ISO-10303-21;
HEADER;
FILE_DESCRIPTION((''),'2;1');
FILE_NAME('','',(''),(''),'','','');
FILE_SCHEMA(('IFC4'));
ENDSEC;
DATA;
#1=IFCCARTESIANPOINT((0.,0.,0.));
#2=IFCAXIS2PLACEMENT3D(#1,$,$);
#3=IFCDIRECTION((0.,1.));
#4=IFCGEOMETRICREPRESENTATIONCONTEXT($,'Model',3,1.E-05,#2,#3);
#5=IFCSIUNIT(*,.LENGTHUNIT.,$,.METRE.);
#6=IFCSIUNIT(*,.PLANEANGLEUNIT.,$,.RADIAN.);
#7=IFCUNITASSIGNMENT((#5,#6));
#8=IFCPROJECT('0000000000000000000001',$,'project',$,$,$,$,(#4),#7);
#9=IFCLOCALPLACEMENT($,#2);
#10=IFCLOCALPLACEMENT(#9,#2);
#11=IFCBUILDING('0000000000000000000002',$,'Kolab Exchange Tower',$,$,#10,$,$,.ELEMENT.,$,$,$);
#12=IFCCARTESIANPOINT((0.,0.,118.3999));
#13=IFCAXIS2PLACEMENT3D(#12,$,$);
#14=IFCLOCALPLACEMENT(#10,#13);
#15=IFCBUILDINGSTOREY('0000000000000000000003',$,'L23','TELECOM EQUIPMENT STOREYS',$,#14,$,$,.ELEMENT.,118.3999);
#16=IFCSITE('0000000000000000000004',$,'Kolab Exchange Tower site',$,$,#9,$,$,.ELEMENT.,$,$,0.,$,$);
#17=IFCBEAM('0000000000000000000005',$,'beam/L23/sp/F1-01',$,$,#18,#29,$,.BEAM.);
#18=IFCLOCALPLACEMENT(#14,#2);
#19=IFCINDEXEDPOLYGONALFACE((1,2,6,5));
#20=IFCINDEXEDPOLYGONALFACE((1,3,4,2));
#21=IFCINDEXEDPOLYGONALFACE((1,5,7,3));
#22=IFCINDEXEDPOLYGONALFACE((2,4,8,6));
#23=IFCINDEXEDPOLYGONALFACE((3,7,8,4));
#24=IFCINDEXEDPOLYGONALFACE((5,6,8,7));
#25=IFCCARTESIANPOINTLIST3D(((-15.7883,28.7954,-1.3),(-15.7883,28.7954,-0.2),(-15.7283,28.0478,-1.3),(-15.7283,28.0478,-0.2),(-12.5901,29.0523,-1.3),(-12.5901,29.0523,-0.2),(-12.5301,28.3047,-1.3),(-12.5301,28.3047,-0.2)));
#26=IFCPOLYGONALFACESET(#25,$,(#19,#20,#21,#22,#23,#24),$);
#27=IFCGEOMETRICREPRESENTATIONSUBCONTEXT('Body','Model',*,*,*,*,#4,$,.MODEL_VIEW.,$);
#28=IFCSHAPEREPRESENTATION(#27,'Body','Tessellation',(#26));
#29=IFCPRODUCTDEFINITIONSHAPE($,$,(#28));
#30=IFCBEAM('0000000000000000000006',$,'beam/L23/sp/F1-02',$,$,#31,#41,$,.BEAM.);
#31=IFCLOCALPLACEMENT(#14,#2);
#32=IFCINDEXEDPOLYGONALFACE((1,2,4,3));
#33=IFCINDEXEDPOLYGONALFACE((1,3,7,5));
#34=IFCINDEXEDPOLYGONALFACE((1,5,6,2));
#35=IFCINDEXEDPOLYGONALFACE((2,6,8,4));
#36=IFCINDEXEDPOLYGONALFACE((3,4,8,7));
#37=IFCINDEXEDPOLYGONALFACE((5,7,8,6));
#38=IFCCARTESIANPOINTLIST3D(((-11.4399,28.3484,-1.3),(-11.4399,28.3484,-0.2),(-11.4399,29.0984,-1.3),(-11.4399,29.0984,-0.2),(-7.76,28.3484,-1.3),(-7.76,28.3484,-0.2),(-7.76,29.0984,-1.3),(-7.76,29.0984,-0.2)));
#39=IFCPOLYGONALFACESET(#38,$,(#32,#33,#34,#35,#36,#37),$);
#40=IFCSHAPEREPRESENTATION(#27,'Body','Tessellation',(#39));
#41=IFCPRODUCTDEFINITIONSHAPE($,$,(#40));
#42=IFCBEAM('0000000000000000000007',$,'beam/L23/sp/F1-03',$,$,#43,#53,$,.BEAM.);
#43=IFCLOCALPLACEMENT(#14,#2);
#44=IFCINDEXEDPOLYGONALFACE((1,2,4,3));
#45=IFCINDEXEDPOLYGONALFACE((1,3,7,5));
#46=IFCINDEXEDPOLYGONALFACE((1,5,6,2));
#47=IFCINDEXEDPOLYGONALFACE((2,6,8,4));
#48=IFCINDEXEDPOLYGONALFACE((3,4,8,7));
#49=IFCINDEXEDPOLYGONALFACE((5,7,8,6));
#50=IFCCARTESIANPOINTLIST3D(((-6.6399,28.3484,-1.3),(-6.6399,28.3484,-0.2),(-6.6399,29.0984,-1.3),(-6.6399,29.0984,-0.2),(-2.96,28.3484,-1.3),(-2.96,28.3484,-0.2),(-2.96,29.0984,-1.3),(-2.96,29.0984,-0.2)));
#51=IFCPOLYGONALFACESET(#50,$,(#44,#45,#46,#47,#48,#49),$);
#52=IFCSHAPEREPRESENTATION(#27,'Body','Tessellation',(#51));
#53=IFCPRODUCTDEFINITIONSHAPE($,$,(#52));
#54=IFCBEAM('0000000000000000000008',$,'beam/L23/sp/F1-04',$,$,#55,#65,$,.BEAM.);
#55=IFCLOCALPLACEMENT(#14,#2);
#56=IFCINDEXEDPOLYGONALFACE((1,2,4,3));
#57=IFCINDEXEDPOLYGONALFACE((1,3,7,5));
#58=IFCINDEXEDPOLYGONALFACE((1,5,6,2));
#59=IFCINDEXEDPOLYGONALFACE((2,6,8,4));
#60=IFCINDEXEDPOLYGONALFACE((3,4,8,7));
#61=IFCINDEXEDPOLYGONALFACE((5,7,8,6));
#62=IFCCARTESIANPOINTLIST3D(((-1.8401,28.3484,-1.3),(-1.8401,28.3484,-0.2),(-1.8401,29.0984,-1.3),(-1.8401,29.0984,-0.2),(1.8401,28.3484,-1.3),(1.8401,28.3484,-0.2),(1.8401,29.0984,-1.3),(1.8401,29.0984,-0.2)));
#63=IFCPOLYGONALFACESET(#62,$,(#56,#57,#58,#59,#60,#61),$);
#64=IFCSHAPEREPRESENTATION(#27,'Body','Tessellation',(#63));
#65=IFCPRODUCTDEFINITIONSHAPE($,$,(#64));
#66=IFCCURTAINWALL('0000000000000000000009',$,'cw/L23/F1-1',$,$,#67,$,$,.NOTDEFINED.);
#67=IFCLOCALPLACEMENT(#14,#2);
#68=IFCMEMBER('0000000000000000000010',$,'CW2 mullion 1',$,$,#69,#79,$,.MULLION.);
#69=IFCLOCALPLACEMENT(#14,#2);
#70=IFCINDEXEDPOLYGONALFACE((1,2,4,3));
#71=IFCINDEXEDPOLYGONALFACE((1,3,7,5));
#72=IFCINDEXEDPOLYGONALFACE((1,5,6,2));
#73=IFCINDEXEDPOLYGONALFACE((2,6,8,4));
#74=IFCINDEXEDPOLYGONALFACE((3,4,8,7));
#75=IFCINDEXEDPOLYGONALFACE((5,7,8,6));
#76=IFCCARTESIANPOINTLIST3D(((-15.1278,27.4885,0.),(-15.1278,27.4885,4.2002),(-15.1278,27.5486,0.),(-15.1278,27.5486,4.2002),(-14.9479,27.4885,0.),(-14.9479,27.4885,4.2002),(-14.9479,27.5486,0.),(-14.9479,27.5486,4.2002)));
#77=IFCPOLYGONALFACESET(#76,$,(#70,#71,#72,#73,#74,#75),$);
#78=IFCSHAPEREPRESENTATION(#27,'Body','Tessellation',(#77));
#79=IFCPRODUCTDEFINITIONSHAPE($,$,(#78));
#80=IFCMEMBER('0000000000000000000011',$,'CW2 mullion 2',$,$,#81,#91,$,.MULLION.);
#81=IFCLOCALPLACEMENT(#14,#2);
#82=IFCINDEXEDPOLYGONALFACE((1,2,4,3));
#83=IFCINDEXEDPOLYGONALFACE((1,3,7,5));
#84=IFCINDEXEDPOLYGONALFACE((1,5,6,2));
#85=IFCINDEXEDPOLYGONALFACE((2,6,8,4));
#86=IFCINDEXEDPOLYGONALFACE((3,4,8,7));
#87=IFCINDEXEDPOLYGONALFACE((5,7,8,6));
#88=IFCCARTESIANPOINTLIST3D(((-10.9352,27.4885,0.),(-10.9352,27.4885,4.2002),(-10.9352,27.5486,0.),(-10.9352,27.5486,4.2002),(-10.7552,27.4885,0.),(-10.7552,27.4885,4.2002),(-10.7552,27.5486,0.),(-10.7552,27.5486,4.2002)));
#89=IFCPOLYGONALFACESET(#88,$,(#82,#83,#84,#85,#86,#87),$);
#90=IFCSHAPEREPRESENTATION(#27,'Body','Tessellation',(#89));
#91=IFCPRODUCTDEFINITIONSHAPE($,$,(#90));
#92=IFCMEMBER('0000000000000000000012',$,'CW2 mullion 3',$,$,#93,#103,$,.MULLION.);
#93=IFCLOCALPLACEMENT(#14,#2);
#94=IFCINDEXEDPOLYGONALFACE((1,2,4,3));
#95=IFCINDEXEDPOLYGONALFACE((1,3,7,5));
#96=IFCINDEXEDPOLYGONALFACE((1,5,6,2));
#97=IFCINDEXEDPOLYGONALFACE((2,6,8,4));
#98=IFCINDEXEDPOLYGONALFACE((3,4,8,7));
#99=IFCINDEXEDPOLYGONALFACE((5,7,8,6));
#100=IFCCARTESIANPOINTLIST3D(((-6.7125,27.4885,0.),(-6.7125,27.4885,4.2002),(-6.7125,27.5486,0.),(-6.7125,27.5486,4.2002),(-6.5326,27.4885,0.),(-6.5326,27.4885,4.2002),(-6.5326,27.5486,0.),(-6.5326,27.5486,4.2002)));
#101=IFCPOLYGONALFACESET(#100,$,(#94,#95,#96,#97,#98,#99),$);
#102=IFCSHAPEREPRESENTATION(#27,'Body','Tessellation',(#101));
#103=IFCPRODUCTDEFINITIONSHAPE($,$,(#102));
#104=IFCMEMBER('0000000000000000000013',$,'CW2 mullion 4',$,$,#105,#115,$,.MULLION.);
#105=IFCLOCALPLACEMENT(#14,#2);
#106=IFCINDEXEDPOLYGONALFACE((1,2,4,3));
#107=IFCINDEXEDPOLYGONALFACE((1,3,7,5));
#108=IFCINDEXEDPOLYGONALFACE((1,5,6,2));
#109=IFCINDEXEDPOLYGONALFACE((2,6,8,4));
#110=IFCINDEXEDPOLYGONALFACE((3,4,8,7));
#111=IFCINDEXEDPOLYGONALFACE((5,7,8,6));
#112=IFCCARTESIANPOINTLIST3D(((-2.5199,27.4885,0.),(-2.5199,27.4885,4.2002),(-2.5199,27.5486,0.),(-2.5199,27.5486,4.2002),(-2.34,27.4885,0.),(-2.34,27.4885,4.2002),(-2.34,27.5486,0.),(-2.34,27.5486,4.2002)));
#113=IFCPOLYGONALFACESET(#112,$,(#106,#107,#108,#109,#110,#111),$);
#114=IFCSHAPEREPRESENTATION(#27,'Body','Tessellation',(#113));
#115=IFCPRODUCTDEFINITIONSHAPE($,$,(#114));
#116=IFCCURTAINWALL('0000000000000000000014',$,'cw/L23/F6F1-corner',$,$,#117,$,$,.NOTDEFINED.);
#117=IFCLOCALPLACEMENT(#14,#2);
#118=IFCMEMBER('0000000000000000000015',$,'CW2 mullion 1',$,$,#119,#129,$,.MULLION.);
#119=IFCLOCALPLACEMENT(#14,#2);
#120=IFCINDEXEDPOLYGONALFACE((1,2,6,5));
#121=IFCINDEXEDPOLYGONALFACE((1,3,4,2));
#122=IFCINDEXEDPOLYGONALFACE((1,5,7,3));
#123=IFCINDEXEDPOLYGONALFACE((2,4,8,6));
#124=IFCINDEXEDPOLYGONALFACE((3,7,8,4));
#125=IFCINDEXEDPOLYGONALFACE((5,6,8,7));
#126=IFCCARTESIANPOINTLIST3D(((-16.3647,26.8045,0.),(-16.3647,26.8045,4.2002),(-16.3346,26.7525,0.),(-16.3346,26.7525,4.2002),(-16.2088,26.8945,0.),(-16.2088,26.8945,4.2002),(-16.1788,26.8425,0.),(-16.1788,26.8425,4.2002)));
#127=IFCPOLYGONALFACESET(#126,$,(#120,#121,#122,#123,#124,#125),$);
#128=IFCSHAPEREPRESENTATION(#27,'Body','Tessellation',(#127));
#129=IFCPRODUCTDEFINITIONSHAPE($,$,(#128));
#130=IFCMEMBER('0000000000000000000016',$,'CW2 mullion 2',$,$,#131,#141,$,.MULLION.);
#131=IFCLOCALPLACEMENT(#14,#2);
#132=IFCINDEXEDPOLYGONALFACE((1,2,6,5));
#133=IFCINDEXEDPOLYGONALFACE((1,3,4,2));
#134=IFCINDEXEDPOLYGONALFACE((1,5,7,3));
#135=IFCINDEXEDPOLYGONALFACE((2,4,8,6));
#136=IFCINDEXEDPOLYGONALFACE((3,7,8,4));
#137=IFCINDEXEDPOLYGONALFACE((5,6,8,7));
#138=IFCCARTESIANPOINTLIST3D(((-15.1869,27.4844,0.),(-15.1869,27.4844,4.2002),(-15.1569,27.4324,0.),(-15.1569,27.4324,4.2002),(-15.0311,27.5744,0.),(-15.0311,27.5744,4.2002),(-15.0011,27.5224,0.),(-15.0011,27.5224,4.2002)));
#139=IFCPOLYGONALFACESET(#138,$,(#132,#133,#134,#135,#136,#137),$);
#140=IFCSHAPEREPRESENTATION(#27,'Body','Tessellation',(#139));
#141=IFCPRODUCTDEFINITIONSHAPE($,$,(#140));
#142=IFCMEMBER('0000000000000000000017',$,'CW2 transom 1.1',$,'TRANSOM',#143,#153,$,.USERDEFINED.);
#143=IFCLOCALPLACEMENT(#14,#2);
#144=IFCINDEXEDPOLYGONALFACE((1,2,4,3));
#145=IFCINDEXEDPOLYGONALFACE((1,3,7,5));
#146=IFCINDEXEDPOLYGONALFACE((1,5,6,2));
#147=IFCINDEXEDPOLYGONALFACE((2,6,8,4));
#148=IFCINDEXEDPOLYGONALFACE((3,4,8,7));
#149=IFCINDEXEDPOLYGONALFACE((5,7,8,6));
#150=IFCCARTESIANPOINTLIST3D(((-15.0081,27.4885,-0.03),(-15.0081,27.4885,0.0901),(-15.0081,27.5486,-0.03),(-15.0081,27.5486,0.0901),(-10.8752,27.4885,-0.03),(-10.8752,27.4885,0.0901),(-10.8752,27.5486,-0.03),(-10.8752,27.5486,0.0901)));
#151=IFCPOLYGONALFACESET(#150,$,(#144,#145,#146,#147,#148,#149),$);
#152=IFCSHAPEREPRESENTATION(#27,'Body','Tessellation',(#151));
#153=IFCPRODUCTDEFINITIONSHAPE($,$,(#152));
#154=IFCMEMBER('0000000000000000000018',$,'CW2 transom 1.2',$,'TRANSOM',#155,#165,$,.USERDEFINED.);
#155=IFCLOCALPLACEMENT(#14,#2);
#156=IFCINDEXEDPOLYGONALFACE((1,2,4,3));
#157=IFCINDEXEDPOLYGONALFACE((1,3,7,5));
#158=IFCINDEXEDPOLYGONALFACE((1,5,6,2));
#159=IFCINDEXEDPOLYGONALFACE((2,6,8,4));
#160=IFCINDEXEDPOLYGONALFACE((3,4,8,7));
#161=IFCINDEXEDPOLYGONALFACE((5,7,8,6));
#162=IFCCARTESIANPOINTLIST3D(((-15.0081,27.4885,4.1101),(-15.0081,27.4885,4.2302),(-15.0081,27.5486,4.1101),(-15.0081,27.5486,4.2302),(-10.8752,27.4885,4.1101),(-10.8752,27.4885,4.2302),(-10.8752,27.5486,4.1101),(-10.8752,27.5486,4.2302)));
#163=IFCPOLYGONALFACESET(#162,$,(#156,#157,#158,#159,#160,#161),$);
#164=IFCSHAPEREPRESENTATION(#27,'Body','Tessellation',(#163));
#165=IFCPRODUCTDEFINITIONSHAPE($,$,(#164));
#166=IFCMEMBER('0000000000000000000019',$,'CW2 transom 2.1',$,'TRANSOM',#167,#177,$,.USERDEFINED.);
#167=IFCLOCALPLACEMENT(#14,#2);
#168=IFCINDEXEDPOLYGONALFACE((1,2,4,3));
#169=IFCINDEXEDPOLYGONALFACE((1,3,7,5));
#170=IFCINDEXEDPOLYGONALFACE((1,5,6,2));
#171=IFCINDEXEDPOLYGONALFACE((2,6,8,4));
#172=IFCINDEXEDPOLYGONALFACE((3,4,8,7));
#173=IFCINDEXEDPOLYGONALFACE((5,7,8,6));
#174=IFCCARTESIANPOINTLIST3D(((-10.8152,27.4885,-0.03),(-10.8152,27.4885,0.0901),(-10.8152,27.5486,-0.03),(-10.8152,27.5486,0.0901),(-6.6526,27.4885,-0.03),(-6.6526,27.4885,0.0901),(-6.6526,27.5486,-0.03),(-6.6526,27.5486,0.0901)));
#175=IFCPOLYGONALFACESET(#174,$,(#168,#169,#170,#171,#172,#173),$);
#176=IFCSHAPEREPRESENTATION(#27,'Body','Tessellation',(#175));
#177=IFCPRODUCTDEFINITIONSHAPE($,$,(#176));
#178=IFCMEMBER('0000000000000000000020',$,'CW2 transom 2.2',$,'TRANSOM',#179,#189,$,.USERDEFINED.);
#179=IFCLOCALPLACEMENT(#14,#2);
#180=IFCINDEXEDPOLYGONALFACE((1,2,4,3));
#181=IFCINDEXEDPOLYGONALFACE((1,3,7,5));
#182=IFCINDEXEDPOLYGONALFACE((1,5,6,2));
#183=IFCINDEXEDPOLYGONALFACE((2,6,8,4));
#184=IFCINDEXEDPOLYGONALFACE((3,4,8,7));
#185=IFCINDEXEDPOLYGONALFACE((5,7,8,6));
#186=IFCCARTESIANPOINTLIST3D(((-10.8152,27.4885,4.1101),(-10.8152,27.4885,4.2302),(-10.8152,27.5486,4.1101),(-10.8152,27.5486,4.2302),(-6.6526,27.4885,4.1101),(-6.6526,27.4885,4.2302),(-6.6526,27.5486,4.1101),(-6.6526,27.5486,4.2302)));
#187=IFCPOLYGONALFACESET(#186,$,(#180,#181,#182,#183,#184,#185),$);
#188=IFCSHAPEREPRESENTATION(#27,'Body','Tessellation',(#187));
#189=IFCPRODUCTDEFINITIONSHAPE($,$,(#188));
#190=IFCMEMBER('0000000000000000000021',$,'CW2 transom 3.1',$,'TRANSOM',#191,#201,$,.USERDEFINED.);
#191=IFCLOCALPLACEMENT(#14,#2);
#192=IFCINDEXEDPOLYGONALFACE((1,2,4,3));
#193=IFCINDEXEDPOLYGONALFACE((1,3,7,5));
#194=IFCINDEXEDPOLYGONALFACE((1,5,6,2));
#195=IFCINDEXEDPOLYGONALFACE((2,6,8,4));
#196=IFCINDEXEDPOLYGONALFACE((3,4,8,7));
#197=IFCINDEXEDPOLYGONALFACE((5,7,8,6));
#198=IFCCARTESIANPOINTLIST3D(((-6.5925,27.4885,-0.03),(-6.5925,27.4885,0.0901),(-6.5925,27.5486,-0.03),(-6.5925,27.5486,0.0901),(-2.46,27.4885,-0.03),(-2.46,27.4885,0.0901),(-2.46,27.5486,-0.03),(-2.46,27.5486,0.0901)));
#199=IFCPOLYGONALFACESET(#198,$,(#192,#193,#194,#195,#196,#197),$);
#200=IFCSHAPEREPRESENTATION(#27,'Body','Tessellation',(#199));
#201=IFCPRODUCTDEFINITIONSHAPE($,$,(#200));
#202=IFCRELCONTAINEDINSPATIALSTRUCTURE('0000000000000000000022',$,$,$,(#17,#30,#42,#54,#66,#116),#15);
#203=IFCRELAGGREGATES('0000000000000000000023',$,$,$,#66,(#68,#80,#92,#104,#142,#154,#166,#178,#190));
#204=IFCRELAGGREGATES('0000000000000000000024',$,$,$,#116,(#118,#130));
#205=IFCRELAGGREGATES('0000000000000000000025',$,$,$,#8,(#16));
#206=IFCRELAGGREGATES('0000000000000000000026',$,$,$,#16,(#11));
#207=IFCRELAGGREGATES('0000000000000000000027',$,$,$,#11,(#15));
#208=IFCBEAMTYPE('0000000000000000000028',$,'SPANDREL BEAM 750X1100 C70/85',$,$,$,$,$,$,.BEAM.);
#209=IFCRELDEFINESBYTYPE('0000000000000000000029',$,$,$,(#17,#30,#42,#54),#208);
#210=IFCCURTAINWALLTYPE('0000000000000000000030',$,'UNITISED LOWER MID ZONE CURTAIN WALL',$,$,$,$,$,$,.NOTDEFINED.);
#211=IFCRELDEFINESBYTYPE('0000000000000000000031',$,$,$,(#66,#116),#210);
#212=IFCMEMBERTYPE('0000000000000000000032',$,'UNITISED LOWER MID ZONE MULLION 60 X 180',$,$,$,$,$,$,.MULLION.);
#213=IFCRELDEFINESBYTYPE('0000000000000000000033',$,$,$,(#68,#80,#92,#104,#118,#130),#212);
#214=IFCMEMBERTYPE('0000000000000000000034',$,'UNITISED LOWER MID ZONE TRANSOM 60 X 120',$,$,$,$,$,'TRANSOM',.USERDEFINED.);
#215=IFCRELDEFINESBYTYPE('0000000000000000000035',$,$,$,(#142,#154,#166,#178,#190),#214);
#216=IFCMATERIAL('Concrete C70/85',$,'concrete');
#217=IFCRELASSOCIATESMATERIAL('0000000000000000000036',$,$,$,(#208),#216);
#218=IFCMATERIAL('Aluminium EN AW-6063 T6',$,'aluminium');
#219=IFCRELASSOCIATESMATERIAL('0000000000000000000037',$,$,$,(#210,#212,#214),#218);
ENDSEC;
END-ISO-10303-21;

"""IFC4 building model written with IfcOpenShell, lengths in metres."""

from ifc_helpers import new_model, si_unit, direction, frame, origin, origin_2d, place, context, subcontext, project, spatial, rectangle, extrude, material, material_profile, profile_set, type_object, element, aggregate, save


model = new_model("IFC4")

# Units and contexts
model_context = context("Model", 3, precision=1e-05, world=origin(), true_north=direction((0.0, 1.0)))
body_context = subcontext(model_context, "Body", "Model", "MODEL_VIEW")
ifc_project = project(units=[si_unit("LENGTHUNIT", "METRE"), si_unit("PLANEANGLEUNIT", "RADIAN")], contexts=[model_context])

# Site, building, storey
site_placement = place(None, origin())
site = spatial("IfcSite", under=ifc_project, at=site_placement, Name="Kolab Exchange Tower site", CompositionType="ELEMENT", RefElevation=0.0)
building_placement = place(site_placement, origin())
building = spatial("IfcBuilding", under=site, at=building_placement, Name="Kolab Exchange Tower", CompositionType="ELEMENT")
storey_placement = place(building_placement, frame((0.0, 0.0, 118.3999)))
storey = spatial("IfcBuildingStorey", under=building, at=storey_placement, Name="L23", Description="TELECOM EQUIPMENT STOREYS", CompositionType="ELEMENT", Elevation=118.3999)

# Shared definitions
ifc_material_1 = material(Name="Concrete C70/85", Category="concrete")

# Beams
ifc_material_profile_1 = material_profile(ifc_material_1, rectangle(XDim=0.75, YDim=1.1001, at=origin_2d()), Name="RC750X1100")
ifc_profile_set_1 = profile_set([ifc_material_profile_1], Name="Concrete C70/85")
beam_type_1 = type_object("IfcBeamType", Name="SPANDREL BEAM 750X1100 C70/85", PredefinedType="BEAM", material=ifc_profile_set_1)
beam_1_placement = place(storey_placement, frame((-15.7583, 28.4216, -0.75), z_axis=(0.996791, 0.080048, 0.0), x_axis=(-0.080048, 0.996791, 0.0)))
element("IfcBeam", 1, at=beam_1_placement, inside=storey, type_object=beam_type_1, Name="beam/L23/sp/F1-01", PredefinedType="BEAM", context=body_context, shape_type="SweptSolid", body=[
    extrude(rectangle(XDim=0.75, YDim=1.1001, at=origin_2d()), origin(), (0.0, 0.0, 1.0), 3.2085),
])
for number, where, z_axis, x_axis, name in (
    (2, (-11.4399, 28.7234, -0.75), (1.0, 0.0, 0.0), (0.0, 1.0, 0.0), "beam/L23/sp/F1-02"),
    (3, (-6.6399, 28.7234, -0.75), (1.0, 0.0, 0.0), (0.0, 1.0, 0.0), "beam/L23/sp/F1-03"),
):
    element("IfcBeam", number, at=place(storey_placement, frame(where, z_axis=z_axis, x_axis=x_axis)), inside=storey, type_object=beam_type_1, Name=name, PredefinedType="BEAM", context=body_context, shape_type="SweptSolid", body=[
        extrude(rectangle(XDim=0.75, YDim=1.1001, at=origin_2d()), origin(), (0.0, 0.0, 1.0), 3.6799),
    ])
beam_2_placement = place(storey_placement, frame((-1.8401, 28.7234, -0.75), z_axis=(1.0, 0.0, 0.0), x_axis=(0.0, 1.0, 0.0)))
element("IfcBeam", 4, at=beam_2_placement, inside=storey, type_object=beam_type_1, Name="beam/L23/sp/F1-04", PredefinedType="BEAM", context=body_context, shape_type="SweptSolid", body=[
    extrude(rectangle(XDim=0.75, YDim=1.1001, at=origin_2d()), origin(), (0.0, 0.0, 1.0), 3.6802),
])

# Curtain walls, members
ifc_material_2 = material(Name="Aluminium EN AW-6063 T6", Category="aluminium")
curtain_wall_type = type_object("IfcCurtainWallType", Name="UNITISED LOWER MID ZONE CURTAIN WALL", PredefinedType="NOTDEFINED", material=ifc_material_2)
curtain_wall_1_placement = place(storey_placement, origin())
curtain_wall_1 = element("IfcCurtainWall", 5, at=curtain_wall_1_placement, inside=storey, type_object=curtain_wall_type, Name="cw/L23/F1-1", PredefinedType="NOTDEFINED")
ifc_material_profile_2 = material_profile(ifc_material_2, rectangle(XDim=0.0601, YDim=0.1799, at=origin_2d()), Name="RECT 60X180")
ifc_profile_set_2 = profile_set([ifc_material_profile_2], Name="Aluminium EN AW-6063 T6")
member_type_1 = type_object("IfcMemberType", Name="UNITISED LOWER MID ZONE MULLION 60 X 180", PredefinedType="MULLION", material=ifc_profile_set_2)
member_1_placement = place(storey_placement, frame((-15.0378, 27.5186, 0.0), z_axis=(0.0, 0.0, 1.0), x_axis=(0.0, 1.0, 0.0)))
member_1 = element("IfcMember", 6, at=member_1_placement, type_object=member_type_1, Name="CW2 mullion 1", PredefinedType="MULLION", context=body_context, shape_type="SweptSolid", body=[
    extrude(rectangle(XDim=0.0601, YDim=0.1799, at=origin_2d()), origin(), (0.0, 0.0, 1.0), 4.2002),
])
member_2_placement = place(storey_placement, frame((-10.8452, 27.5186, 0.0), z_axis=(0.0, 0.0, 1.0), x_axis=(0.0, 1.0, 0.0)))
member_2 = element("IfcMember", 7, at=member_2_placement, type_object=member_type_1, Name="CW2 mullion 2", PredefinedType="MULLION", context=body_context, shape_type="SweptSolid", body=[
    extrude(rectangle(XDim=0.0601, YDim=0.1799, at=origin_2d()), origin(), (0.0, 0.0, 1.0), 4.2002),
])
member_3_placement = place(storey_placement, frame((-6.6226, 27.5186, 0.0), z_axis=(0.0, 0.0, 1.0), x_axis=(0.0, 1.0, 0.0)))
member_3 = element("IfcMember", 8, at=member_3_placement, type_object=member_type_1, Name="CW2 mullion 3", PredefinedType="MULLION", context=body_context, shape_type="SweptSolid", body=[
    extrude(rectangle(XDim=0.0601, YDim=0.1799, at=origin_2d()), origin(), (0.0, 0.0, 1.0), 4.2002),
])
member_4_placement = place(storey_placement, frame((-2.4299, 27.5186, 0.0), z_axis=(0.0, 0.0, 1.0), x_axis=(0.0, 1.0, 0.0)))
member_4 = element("IfcMember", 9, at=member_4_placement, type_object=member_type_1, Name="CW2 mullion 4", PredefinedType="MULLION", context=body_context, shape_type="SweptSolid", body=[
    extrude(rectangle(XDim=0.0601, YDim=0.1799, at=origin_2d()), origin(), (0.0, 0.0, 1.0), 4.2002),
])
curtain_wall_2_placement = place(storey_placement, origin())
curtain_wall_2 = element("IfcCurtainWall", 10, at=curtain_wall_2_placement, inside=storey, type_object=curtain_wall_type, Name="cw/L23/F6F1-corner", PredefinedType="NOTDEFINED")
member_5_placement = place(storey_placement, frame((-16.2717, 26.8235, 0.0), z_axis=(0.0, 0.0, 1.0), x_axis=(-0.5, 0.866025, 0.0)))
member_5 = element("IfcMember", 11, at=member_5_placement, type_object=member_type_1, Name="CW2 mullion 1", PredefinedType="MULLION", context=body_context, shape_type="SweptSolid", body=[
    extrude(rectangle(XDim=0.0601, YDim=0.1799, at=origin_2d()), origin(), (0.0, 0.0, 1.0), 4.2002),
])
member_6_placement = place(storey_placement, frame((-15.094, 27.5034, 0.0), z_axis=(0.0, 0.0, 1.0), x_axis=(-0.5, 0.866025, 0.0)))
member_6 = element("IfcMember", 12, at=member_6_placement, type_object=member_type_1, Name="CW2 mullion 2", PredefinedType="MULLION", context=body_context, shape_type="SweptSolid", body=[
    extrude(rectangle(XDim=0.0601, YDim=0.1799, at=origin_2d()), origin(), (0.0, 0.0, 1.0), 4.2002),
])

# Members
ifc_material_profile_3 = material_profile(ifc_material_2, rectangle(XDim=0.0601, YDim=0.1201, at=origin_2d()), Name="RECT 60X120")
ifc_profile_set_3 = profile_set([ifc_material_profile_3], Name="Aluminium EN AW-6063 T6")
member_type_2 = type_object("IfcMemberType", Name="UNITISED LOWER MID ZONE TRANSOM 60 X 120", ElementType="TRANSOM", PredefinedType="USERDEFINED", material=ifc_profile_set_3)
member_7_placement = place(storey_placement, frame((-15.0081, 27.5186, 0.03), z_axis=(1.0, 0.0, 0.0), x_axis=(0.0, 1.0, 0.0)))
member_7 = element("IfcMember", 13, at=member_7_placement, type_object=member_type_2, Name="CW2 transom 1.1", ObjectType="TRANSOM", PredefinedType="USERDEFINED", context=body_context, shape_type="SweptSolid", body=[
    extrude(rectangle(XDim=0.0601, YDim=0.1201, at=origin_2d()), origin(), (0.0, 0.0, 1.0), 4.1328),
])
member_8_placement = place(storey_placement, frame((-15.0081, 27.5186, 4.1702), z_axis=(1.0, 0.0, 0.0), x_axis=(0.0, 1.0, 0.0)))
member_8 = element("IfcMember", 14, at=member_8_placement, type_object=member_type_2, Name="CW2 transom 1.2", ObjectType="TRANSOM", PredefinedType="USERDEFINED", context=body_context, shape_type="SweptSolid", body=[
    extrude(rectangle(XDim=0.0601, YDim=0.1201, at=origin_2d()), origin(), (0.0, 0.0, 1.0), 4.1328),
])
member_9_placement = place(storey_placement, frame((-10.8152, 27.5186, 0.03), z_axis=(1.0, 0.0, 0.0), x_axis=(0.0, 1.0, 0.0)))
member_9 = element("IfcMember", 15, at=member_9_placement, type_object=member_type_2, Name="CW2 transom 2.1", ObjectType="TRANSOM", PredefinedType="USERDEFINED", context=body_context, shape_type="SweptSolid", body=[
    extrude(rectangle(XDim=0.0601, YDim=0.1201, at=origin_2d()), origin(), (0.0, 0.0, 1.0), 4.1626),
])
member_10_placement = place(storey_placement, frame((-10.8152, 27.5186, 4.1702), z_axis=(1.0, 0.0, 0.0), x_axis=(0.0, 1.0, 0.0)))
member_10 = element("IfcMember", 16, at=member_10_placement, type_object=member_type_2, Name="CW2 transom 2.2", ObjectType="TRANSOM", PredefinedType="USERDEFINED", context=body_context, shape_type="SweptSolid", body=[
    extrude(rectangle(XDim=0.0601, YDim=0.1201, at=origin_2d()), origin(), (0.0, 0.0, 1.0), 4.1626),
])
member_11_placement = place(storey_placement, frame((-6.5925, 27.5186, 0.03), z_axis=(1.0, 0.0, 0.0), x_axis=(0.0, 1.0, 0.0)))
member_11 = element("IfcMember", 17, at=member_11_placement, type_object=member_type_2, Name="CW2 transom 3.1", ObjectType="TRANSOM", PredefinedType="USERDEFINED", context=body_context, shape_type="SweptSolid", body=[
    extrude(rectangle(XDim=0.0601, YDim=0.1201, at=origin_2d()), origin(), (0.0, 0.0, 1.0), 4.1326),
])

aggregate(curtain_wall_1, [member_1, member_2, member_3, member_4, member_7, member_8, member_9, member_10, member_11])
aggregate(curtain_wall_2, [member_5, member_6])

save(model, "model.ifc")
